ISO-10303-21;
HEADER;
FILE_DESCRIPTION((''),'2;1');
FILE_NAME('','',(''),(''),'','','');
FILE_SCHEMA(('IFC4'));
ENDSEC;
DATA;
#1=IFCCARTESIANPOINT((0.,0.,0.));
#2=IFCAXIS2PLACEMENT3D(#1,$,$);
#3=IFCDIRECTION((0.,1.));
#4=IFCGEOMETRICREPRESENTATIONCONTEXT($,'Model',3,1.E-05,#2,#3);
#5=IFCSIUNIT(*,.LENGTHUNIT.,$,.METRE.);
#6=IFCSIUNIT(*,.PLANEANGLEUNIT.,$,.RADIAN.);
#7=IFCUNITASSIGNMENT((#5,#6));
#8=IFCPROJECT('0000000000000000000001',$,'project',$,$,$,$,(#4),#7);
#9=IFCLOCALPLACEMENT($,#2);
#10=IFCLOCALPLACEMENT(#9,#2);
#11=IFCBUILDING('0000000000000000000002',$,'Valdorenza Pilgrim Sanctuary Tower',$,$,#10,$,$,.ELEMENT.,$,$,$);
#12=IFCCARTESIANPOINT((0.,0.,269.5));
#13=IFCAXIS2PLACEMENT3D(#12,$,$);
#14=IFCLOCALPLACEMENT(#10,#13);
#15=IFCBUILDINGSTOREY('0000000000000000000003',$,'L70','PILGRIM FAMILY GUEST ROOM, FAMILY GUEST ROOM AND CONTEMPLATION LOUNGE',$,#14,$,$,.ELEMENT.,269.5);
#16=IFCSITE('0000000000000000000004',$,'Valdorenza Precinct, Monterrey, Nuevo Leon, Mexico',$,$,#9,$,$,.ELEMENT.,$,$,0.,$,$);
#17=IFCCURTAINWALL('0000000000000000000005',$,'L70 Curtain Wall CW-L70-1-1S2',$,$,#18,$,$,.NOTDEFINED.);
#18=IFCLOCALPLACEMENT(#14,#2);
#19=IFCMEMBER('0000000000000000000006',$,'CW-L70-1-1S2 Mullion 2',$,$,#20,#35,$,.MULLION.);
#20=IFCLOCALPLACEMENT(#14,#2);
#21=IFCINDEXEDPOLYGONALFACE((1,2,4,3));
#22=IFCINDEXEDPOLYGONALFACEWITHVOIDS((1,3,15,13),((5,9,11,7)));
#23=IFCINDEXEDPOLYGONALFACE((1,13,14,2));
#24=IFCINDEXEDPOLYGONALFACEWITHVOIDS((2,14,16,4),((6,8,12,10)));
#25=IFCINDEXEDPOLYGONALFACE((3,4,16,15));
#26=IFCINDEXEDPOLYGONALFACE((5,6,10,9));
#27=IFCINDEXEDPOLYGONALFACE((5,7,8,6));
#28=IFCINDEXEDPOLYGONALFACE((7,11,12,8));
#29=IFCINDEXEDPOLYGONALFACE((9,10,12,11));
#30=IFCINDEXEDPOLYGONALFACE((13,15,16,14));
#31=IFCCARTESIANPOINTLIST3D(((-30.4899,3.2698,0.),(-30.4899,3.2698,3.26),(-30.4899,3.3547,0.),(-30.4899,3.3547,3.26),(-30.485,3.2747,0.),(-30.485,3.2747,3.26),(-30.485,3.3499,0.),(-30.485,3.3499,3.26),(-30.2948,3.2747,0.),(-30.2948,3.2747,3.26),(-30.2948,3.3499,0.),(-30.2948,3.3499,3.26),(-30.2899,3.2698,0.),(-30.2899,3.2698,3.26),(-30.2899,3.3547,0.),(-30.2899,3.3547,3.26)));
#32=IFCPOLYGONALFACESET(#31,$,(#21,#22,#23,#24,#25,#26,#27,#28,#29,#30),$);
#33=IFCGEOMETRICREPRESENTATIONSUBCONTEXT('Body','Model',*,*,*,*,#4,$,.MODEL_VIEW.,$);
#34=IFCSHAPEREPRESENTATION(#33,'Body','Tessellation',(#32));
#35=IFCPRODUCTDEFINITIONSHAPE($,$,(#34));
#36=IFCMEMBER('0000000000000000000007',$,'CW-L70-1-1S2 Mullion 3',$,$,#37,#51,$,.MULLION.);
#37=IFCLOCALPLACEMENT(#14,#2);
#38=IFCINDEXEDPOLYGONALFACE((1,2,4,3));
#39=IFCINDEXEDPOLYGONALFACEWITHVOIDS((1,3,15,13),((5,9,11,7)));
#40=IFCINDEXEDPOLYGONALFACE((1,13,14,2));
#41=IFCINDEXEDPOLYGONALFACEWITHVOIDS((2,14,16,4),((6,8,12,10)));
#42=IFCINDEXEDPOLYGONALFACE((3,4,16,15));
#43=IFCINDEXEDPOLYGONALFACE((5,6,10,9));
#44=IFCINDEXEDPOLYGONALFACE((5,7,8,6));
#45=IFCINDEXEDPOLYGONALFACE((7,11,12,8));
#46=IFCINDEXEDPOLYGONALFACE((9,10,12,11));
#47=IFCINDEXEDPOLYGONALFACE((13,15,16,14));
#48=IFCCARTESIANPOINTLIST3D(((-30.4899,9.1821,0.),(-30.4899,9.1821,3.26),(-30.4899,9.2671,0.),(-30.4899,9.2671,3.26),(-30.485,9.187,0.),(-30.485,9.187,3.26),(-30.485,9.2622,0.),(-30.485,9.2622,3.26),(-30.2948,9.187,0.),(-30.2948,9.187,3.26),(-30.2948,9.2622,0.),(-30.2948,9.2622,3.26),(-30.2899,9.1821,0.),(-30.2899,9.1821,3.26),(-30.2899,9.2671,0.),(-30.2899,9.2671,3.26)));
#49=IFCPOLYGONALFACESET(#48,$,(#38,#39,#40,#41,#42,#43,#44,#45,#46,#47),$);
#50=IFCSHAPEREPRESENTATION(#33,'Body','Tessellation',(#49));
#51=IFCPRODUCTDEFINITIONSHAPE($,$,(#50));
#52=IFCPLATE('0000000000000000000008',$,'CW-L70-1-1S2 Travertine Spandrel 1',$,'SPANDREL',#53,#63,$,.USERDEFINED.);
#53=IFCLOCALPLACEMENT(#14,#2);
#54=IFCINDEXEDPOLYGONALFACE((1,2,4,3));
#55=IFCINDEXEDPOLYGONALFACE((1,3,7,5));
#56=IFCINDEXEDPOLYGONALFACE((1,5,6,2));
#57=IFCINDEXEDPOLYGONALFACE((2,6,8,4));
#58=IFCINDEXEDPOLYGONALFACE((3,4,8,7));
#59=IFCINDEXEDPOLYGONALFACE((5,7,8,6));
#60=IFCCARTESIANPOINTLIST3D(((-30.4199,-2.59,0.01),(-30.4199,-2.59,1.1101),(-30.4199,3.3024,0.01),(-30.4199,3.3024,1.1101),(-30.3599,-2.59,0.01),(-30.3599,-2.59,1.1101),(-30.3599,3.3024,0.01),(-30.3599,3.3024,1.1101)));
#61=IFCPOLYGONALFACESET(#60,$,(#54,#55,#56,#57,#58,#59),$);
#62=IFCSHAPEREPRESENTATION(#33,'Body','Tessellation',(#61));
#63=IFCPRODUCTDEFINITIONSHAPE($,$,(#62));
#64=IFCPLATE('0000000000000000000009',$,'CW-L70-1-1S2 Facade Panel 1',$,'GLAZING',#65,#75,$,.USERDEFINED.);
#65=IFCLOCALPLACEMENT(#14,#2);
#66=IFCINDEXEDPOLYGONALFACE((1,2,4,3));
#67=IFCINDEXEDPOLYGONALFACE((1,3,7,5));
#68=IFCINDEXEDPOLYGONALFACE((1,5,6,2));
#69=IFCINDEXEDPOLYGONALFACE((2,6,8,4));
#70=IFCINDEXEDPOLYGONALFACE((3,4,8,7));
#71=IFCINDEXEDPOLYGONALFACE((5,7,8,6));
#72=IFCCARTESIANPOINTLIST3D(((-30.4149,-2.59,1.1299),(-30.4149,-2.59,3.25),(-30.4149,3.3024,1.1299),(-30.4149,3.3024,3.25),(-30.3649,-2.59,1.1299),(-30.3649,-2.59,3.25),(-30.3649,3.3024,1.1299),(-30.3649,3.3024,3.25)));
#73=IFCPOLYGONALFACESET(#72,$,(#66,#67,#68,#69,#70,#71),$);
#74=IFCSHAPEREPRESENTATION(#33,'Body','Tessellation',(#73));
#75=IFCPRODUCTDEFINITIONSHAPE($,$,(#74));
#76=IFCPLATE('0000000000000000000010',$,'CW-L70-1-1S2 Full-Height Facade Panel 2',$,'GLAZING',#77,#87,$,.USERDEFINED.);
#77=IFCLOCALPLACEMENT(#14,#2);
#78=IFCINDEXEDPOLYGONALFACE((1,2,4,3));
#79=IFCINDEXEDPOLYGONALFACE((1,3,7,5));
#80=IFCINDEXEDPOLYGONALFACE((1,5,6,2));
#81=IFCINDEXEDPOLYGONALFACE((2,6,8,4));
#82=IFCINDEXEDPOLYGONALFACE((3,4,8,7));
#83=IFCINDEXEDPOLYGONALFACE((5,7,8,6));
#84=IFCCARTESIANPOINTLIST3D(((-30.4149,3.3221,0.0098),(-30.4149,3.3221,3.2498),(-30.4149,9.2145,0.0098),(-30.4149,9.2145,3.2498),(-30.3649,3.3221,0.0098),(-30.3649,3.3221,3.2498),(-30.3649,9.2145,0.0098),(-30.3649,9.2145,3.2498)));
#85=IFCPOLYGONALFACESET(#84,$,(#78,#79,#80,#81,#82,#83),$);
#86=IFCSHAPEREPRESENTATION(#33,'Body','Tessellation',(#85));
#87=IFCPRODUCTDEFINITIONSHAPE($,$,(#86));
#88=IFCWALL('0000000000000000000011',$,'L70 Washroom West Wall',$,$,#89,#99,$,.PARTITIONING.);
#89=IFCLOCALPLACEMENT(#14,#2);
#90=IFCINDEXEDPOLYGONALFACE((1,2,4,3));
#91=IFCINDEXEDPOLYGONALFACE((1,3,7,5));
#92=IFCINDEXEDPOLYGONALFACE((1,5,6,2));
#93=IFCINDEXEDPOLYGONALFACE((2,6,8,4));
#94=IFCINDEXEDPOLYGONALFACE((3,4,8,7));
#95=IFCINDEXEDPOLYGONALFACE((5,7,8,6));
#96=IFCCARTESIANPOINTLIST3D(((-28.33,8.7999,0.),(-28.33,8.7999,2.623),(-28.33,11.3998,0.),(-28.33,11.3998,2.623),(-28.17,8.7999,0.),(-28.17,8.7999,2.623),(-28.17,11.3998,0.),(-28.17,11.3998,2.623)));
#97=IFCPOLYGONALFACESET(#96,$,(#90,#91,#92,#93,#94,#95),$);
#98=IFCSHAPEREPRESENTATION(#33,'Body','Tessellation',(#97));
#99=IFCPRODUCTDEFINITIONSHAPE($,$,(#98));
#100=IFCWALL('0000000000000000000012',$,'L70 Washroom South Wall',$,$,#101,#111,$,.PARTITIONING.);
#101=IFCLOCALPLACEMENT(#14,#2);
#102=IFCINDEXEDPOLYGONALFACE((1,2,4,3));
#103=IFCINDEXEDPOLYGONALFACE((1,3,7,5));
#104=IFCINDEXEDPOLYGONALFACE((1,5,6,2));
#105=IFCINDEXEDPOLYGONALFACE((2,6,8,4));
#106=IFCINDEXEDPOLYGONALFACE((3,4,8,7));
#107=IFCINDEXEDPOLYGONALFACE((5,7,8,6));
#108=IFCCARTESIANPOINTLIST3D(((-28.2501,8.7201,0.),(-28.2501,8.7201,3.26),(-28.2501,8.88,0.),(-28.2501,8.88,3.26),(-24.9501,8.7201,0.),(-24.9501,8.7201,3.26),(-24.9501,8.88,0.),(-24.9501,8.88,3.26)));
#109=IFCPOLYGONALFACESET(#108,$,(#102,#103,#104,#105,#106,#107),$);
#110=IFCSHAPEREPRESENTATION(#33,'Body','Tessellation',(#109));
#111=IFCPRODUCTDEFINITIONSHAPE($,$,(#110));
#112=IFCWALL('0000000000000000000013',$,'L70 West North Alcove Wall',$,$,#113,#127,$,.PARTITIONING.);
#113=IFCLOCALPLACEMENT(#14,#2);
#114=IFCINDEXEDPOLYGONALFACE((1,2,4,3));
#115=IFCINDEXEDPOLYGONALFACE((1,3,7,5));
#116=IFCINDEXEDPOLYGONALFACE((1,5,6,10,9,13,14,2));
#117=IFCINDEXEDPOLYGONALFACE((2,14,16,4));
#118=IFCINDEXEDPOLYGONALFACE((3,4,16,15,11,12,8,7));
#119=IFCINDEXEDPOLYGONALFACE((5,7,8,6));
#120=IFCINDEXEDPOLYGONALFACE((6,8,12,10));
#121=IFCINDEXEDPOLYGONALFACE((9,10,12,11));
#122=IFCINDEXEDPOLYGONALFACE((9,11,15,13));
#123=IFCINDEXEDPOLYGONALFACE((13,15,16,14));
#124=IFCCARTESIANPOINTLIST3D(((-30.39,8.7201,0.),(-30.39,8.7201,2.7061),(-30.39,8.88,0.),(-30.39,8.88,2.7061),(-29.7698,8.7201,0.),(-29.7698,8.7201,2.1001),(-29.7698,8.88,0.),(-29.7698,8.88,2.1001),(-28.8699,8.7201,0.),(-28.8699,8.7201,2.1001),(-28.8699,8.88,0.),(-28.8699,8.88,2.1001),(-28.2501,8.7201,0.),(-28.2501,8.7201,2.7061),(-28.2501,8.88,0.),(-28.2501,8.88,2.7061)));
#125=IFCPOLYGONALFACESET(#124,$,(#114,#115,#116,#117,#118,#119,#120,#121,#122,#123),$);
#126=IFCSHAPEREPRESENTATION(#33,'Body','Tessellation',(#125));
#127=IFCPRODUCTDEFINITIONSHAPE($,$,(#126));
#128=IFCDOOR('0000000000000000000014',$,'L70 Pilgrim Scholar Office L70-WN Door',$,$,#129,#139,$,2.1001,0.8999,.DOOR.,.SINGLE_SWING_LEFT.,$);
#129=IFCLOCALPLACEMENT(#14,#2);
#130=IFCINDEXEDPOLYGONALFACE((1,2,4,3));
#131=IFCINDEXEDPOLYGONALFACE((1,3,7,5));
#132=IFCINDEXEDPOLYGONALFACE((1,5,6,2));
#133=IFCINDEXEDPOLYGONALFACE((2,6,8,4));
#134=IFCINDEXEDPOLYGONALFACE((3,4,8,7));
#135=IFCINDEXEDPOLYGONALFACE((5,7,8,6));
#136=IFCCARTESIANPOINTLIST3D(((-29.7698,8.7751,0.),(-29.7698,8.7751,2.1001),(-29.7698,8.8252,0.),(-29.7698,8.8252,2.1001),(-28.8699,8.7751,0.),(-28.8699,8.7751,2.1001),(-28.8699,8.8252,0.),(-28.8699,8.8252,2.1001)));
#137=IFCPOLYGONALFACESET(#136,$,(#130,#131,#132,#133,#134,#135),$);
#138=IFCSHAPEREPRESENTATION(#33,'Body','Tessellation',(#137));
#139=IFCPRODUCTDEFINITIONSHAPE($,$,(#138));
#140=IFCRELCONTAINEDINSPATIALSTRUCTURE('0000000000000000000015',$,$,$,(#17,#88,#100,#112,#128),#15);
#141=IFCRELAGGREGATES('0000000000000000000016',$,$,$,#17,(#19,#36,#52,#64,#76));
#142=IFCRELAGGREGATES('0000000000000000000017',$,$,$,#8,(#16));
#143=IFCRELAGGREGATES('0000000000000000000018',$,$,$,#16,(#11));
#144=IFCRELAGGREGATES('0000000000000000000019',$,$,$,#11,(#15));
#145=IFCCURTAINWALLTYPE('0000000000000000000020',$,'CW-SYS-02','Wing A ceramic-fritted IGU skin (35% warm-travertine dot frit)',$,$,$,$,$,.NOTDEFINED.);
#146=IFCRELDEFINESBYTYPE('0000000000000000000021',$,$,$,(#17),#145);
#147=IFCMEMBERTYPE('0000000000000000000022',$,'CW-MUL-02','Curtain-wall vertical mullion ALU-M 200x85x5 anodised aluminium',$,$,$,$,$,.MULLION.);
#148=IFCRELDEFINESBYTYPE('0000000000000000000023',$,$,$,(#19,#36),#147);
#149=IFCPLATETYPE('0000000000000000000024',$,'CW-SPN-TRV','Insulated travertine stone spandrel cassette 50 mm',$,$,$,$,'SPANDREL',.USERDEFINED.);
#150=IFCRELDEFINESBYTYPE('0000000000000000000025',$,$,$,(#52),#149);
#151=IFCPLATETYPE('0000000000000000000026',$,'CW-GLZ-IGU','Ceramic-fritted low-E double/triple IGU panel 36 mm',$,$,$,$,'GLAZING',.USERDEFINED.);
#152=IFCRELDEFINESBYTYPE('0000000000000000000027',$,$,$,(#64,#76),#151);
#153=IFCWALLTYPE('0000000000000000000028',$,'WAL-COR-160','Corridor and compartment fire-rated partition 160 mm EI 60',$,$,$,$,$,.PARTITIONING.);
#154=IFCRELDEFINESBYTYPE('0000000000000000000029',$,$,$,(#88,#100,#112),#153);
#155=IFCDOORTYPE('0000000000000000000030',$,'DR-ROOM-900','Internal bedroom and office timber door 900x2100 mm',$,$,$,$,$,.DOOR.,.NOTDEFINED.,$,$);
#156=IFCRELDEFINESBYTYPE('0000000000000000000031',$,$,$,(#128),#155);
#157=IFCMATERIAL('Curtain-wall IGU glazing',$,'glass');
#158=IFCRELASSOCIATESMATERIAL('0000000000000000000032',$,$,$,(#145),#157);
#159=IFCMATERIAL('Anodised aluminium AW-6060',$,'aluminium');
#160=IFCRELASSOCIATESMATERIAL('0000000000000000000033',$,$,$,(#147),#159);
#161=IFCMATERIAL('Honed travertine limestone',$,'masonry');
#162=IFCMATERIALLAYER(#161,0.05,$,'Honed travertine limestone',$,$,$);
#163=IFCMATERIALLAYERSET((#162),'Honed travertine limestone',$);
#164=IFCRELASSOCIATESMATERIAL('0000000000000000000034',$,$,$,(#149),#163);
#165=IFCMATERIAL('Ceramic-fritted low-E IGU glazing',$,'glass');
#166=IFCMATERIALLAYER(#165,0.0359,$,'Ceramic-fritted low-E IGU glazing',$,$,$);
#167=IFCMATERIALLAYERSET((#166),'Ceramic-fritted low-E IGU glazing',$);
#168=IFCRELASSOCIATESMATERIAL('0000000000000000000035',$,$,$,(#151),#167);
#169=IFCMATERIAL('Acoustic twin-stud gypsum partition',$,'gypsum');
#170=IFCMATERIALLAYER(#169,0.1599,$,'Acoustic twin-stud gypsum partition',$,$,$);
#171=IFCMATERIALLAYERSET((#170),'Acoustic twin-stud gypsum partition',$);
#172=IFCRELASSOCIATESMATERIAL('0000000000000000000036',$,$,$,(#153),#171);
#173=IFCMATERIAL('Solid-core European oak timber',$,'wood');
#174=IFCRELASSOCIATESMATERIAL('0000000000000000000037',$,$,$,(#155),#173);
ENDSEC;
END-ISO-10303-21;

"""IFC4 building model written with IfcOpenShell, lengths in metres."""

from ifc_helpers import new_model, si_unit, direction, frame, frame_2d, origin, origin_2d, place, context, subcontext, project, spatial, rectangle, hollow_rectangle, extrude, source, transform, mapped, material, layer, layer_set, material_profile, profile_set, type_object, element, fill, aggregate, save


model = new_model("IFC4")

# Units and contexts
model_context = context("Model", 3, precision=1e-05, world=origin(), true_north=direction((0.0, 1.0)))
body_context = subcontext(model_context, "Body", "Model", "MODEL_VIEW")
ifc_project = project(units=[si_unit("LENGTHUNIT", "METRE"), si_unit("PLANEANGLEUNIT", "RADIAN")], contexts=[model_context])

# Site, building, storey
site_placement = place(None, origin())
site = spatial("IfcSite", under=ifc_project, at=site_placement, Name="Valdorenza Precinct, Monterrey, Nuevo Leon, Mexico", CompositionType="ELEMENT", RefElevation=0.0)
building_placement = place(site_placement, origin())
building = spatial("IfcBuilding", under=site, at=building_placement, Name="Valdorenza Pilgrim Sanctuary Tower", CompositionType="ELEMENT")
storey_placement = place(building_placement, frame((0.0, 0.0, 269.5)))
storey = spatial("IfcBuildingStorey", under=building, at=storey_placement, Name="L70", Description="PILGRIM FAMILY GUEST ROOM, FAMILY GUEST ROOM AND CONTEMPLATION LOUNGE", CompositionType="ELEMENT", Elevation=269.5)

# Curtain wall, members, plates
ifc_material_1 = material(Name="Curtain-wall IGU glazing", Category="glass")
curtain_wall_type = type_object("IfcCurtainWallType", Name="CW-SYS-02", Description="Wing A ceramic-fritted IGU skin (35% warm-travertine dot frit)", PredefinedType="NOTDEFINED", material=ifc_material_1)
curtain_wall_placement = place(storey_placement, origin())
curtain_wall = element("IfcCurtainWall", 1, at=curtain_wall_placement, inside=storey, type_object=curtain_wall_type, Name="L70 Curtain Wall CW-L70-1-1S2", PredefinedType="NOTDEFINED")
ifc_material_2 = material(Name="Anodised aluminium AW-6060", Category="aluminium")
ifc_material_profile_1 = material_profile(ifc_material_2, hollow_rectangle(XDim=0.085, YDim=0.2, WallThickness=0.0049, at=origin_2d()), Name="ALU-M 200x85x5")
ifc_profile_set_1 = profile_set([ifc_material_profile_1], Name="Anodised aluminium AW-6060")
member_type = type_object("IfcMemberType", Name="CW-MUL-02", Description="Curtain-wall vertical mullion ALU-M 200x85x5 anodised aluminium", PredefinedType="MULLION", material=ifc_profile_set_1)
shared_shape_1 = source(origin(), body_context, "Body", "SweptSolid", [
    extrude(hollow_rectangle(XDim=0.085, YDim=0.2, WallThickness=0.0049, at=origin_2d()), origin(), (0.0, 0.0, 1.0), 3.26),
])
member_1_placement = place(storey_placement, frame((-30.3899, 3.3123, 0.0), z_axis=(0.0, 0.0, 1.0), x_axis=(0.0, 1.0, 0.0)))
member_1 = element("IfcMember", 2, at=member_1_placement, type_object=member_type, Name="CW-L70-1-1S2 Mullion 2", PredefinedType="MULLION", context=body_context, shape_type="MappedRepresentation", body=[
    mapped(shared_shape_1, transform((0.0, 0.0, 0.0), x_axis=(1.0, 0.0, 0.0), y_axis=(0.0, 1.0, 0.0), z_axis=(0.0, 0.0, 1.0), scale=1.0)),
])
member_2_placement = place(storey_placement, frame((-30.3899, 9.2246, 0.0), z_axis=(0.0, 0.0, 1.0), x_axis=(0.0, 1.0, 0.0)))
member_2 = element("IfcMember", 3, at=member_2_placement, type_object=member_type, Name="CW-L70-1-1S2 Mullion 3", PredefinedType="MULLION", context=body_context, shape_type="MappedRepresentation", body=[
    mapped(shared_shape_1, transform((0.0, 0.0, 0.0), x_axis=(1.0, 0.0, 0.0), y_axis=(0.0, 1.0, 0.0), z_axis=(0.0, 0.0, 1.0), scale=1.0)),
])
ifc_material_3 = material(Name="Honed travertine limestone", Category="masonry")
ifc_layer_1 = layer(ifc_material_3, 0.05, Name="Honed travertine limestone")
ifc_layer_set_1 = layer_set([ifc_layer_1], Name="Honed travertine limestone")
plate_type_1 = type_object("IfcPlateType", Name="CW-SPN-TRV", Description="Insulated travertine stone spandrel cassette 50 mm", ElementType="SPANDREL", PredefinedType="USERDEFINED", material=ifc_layer_set_1)
shared_shape_2 = source(origin(), body_context, "Body", "SweptSolid", [
    extrude(rectangle(XDim=5.8923, YDim=0.0601, at=origin_2d()), origin(), (0.0, 0.0, 1.0), 1.1001),
])
plate_1_placement = place(storey_placement, frame((-30.3899, 0.3562, 0.01), z_axis=(0.0, 0.0, 1.0), x_axis=(0.0, 1.0, 0.0)))
plate_1 = element("IfcPlate", 4, at=plate_1_placement, type_object=plate_type_1, Name="CW-L70-1-1S2 Travertine Spandrel 1", ObjectType="SPANDREL", PredefinedType="USERDEFINED", context=body_context, shape_type="MappedRepresentation", body=[
    mapped(shared_shape_2, transform((0.0, 0.0, 0.0), x_axis=(1.0, 0.0, 0.0), y_axis=(0.0, 1.0, 0.0), z_axis=(0.0, 0.0, 1.0), scale=1.0)),
])
ifc_material_4 = material(Name="Ceramic-fritted low-E IGU glazing", Category="glass")
ifc_layer_2 = layer(ifc_material_4, 0.0359, Name="Ceramic-fritted low-E IGU glazing")
ifc_layer_set_2 = layer_set([ifc_layer_2], Name="Ceramic-fritted low-E IGU glazing")
plate_type_2 = type_object("IfcPlateType", Name="CW-GLZ-IGU", Description="Ceramic-fritted low-E double/triple IGU panel 36 mm", ElementType="GLAZING", PredefinedType="USERDEFINED", material=ifc_layer_set_2)
shared_shape_3 = source(origin(), body_context, "Body", "SweptSolid", [
    extrude(rectangle(XDim=5.8923, YDim=0.05, at=origin_2d()), origin(), (0.0, 0.0, 1.0), 2.1201),
])
plate_2_placement = place(storey_placement, frame((-30.3899, 0.3562, 1.1299), z_axis=(0.0, 0.0, 1.0), x_axis=(0.0, 1.0, 0.0)))
plate_2 = element("IfcPlate", 5, at=plate_2_placement, type_object=plate_type_2, Name="CW-L70-1-1S2 Facade Panel 1", ObjectType="GLAZING", PredefinedType="USERDEFINED", context=body_context, shape_type="MappedRepresentation", body=[
    mapped(shared_shape_3, transform((0.0, 0.0, 0.0), x_axis=(1.0, 0.0, 0.0), y_axis=(0.0, 1.0, 0.0), z_axis=(0.0, 0.0, 1.0), scale=1.0)),
])
shared_shape_4 = source(origin(), body_context, "Body", "SweptSolid", [
    extrude(rectangle(XDim=5.8923, YDim=0.05, at=origin_2d()), origin(), (0.0, 0.0, 1.0), 3.24),
])
plate_3_placement = place(storey_placement, frame((-30.3899, 6.2683, 0.0098), z_axis=(0.0, 0.0, 1.0), x_axis=(0.0, 1.0, 0.0)))
plate_3 = element("IfcPlate", 6, at=plate_3_placement, type_object=plate_type_2, Name="CW-L70-1-1S2 Full-Height Facade Panel 2", ObjectType="GLAZING", PredefinedType="USERDEFINED", context=body_context, shape_type="MappedRepresentation", body=[
    mapped(shared_shape_4, transform((0.0, 0.0, 0.0), x_axis=(1.0, 0.0, 0.0), y_axis=(0.0, 1.0, 0.0), z_axis=(0.0, 0.0, 1.0), scale=1.0)),
])
aggregate(curtain_wall, [member_1, member_2, plate_1, plate_2, plate_3])

# Walls
ifc_material_5 = material(Name="Acoustic twin-stud gypsum partition", Category="gypsum")
ifc_layer_3 = layer(ifc_material_5, 0.1599, Name="Acoustic twin-stud gypsum partition")
ifc_layer_set_3 = layer_set([ifc_layer_3], Name="Acoustic twin-stud gypsum partition")
wall_type = type_object("IfcWallType", Name="WAL-COR-160", Description="Corridor and compartment fire-rated partition 160 mm EI 60", PredefinedType="PARTITIONING", material=ifc_layer_set_3)
wall_1_placement = place(storey_placement, frame((-28.25, 8.8, 0.0), z_axis=(0.0, 0.0, 1.0), x_axis=(0.0, 1.0, 0.0)))
element("IfcWall", 7, at=wall_1_placement, inside=storey, type_object=wall_type, Name="L70 Washroom West Wall", PredefinedType="PARTITIONING", context=body_context, shape_type="SweptSolid", body=[
    extrude(rectangle(XDim=2.5999, YDim=0.1599, at=frame_2d((1.2998, 0.0))), origin(), (0.0, 0.0, 1.0), 2.623),
])
wall_2_placement = place(storey_placement, frame((-28.25, 8.8, 0.0), z_axis=(0.0, 0.0, 1.0), x_axis=(1.0, 0.0, 0.0)))
element("IfcWall", 8, at=wall_2_placement, inside=storey, type_object=wall_type, Name="L70 Washroom South Wall", PredefinedType="PARTITIONING", context=body_context, shape_type="SweptSolid", body=[
    extrude(rectangle(XDim=3.3, YDim=0.1599, at=frame_2d((1.6499, 0.0))), origin(), (0.0, 0.0, 1.0), 3.26),
])

# Wall, opening, door
wall_3_placement = place(storey_placement, frame((-30.3899, 8.8, 0.0), z_axis=(0.0, 0.0, 1.0), x_axis=(1.0, 0.0, 0.0)))
wall_3 = element("IfcWall", 9, at=wall_3_placement, inside=storey, type_object=wall_type, Name="L70 West North Alcove Wall", PredefinedType="PARTITIONING", context=body_context, shape_type="SweptSolid", body=[
    extrude(rectangle(XDim=2.1399, YDim=0.1599, at=frame_2d((1.0698, 0.0))), origin(), (0.0, 0.0, 1.0), 2.7061),
])
opening_placement = place(wall_3_placement, frame((0.6201, 0.0, 0.0)))
opening = element("IfcOpeningElement", 10, at=opening_placement, cuts=wall_3, PredefinedType="OPENING", context=body_context, shape_type="SweptSolid", body=[
    extrude(rectangle(XDim=0.8999, YDim=2.1001, at=frame_2d((0.45, 1.05))), frame((0.0, 0.0947, 0.0), z_axis=(0.0, -1.0, 0.0), x_axis=(1.0, 0.0, 0.0)), (0.0, 0.0, 1.0), 0.1897),
])
ifc_material_6 = material(Name="Solid-core European oak timber", Category="wood")
door_type = type_object("IfcDoorType", Name="DR-ROOM-900", Description="Internal bedroom and office timber door 900x2100 mm", OperationType="NOTDEFINED", PredefinedType="DOOR", material=ifc_material_6)
door_placement = place(opening_placement, frame((0.8999, 0.0, 0.0), z_axis=(0.0, 0.0, 1.0), x_axis=(-1.0, 0.0, 0.0)))
door = element("IfcDoor", 11, at=door_placement, inside=storey, type_object=door_type, Name="L70 Pilgrim Scholar Office L70-WN Door", OperationType="SINGLE_SWING_LEFT", OverallHeight=2.1001, OverallWidth=0.8999, PredefinedType="DOOR", context=body_context, shape_type="SweptSolid", body=[
    extrude(rectangle(XDim=0.8999, YDim=2.1001, at=frame_2d((0.45, 1.05))), frame((0.0, 0.0249, 0.0), z_axis=(0.0, -1.0, 0.0), x_axis=(1.0, 0.0, 0.0)), (0.0, 0.0, 1.0), 0.05),
])
fill(opening, door)

save(model, "model.ifc")
